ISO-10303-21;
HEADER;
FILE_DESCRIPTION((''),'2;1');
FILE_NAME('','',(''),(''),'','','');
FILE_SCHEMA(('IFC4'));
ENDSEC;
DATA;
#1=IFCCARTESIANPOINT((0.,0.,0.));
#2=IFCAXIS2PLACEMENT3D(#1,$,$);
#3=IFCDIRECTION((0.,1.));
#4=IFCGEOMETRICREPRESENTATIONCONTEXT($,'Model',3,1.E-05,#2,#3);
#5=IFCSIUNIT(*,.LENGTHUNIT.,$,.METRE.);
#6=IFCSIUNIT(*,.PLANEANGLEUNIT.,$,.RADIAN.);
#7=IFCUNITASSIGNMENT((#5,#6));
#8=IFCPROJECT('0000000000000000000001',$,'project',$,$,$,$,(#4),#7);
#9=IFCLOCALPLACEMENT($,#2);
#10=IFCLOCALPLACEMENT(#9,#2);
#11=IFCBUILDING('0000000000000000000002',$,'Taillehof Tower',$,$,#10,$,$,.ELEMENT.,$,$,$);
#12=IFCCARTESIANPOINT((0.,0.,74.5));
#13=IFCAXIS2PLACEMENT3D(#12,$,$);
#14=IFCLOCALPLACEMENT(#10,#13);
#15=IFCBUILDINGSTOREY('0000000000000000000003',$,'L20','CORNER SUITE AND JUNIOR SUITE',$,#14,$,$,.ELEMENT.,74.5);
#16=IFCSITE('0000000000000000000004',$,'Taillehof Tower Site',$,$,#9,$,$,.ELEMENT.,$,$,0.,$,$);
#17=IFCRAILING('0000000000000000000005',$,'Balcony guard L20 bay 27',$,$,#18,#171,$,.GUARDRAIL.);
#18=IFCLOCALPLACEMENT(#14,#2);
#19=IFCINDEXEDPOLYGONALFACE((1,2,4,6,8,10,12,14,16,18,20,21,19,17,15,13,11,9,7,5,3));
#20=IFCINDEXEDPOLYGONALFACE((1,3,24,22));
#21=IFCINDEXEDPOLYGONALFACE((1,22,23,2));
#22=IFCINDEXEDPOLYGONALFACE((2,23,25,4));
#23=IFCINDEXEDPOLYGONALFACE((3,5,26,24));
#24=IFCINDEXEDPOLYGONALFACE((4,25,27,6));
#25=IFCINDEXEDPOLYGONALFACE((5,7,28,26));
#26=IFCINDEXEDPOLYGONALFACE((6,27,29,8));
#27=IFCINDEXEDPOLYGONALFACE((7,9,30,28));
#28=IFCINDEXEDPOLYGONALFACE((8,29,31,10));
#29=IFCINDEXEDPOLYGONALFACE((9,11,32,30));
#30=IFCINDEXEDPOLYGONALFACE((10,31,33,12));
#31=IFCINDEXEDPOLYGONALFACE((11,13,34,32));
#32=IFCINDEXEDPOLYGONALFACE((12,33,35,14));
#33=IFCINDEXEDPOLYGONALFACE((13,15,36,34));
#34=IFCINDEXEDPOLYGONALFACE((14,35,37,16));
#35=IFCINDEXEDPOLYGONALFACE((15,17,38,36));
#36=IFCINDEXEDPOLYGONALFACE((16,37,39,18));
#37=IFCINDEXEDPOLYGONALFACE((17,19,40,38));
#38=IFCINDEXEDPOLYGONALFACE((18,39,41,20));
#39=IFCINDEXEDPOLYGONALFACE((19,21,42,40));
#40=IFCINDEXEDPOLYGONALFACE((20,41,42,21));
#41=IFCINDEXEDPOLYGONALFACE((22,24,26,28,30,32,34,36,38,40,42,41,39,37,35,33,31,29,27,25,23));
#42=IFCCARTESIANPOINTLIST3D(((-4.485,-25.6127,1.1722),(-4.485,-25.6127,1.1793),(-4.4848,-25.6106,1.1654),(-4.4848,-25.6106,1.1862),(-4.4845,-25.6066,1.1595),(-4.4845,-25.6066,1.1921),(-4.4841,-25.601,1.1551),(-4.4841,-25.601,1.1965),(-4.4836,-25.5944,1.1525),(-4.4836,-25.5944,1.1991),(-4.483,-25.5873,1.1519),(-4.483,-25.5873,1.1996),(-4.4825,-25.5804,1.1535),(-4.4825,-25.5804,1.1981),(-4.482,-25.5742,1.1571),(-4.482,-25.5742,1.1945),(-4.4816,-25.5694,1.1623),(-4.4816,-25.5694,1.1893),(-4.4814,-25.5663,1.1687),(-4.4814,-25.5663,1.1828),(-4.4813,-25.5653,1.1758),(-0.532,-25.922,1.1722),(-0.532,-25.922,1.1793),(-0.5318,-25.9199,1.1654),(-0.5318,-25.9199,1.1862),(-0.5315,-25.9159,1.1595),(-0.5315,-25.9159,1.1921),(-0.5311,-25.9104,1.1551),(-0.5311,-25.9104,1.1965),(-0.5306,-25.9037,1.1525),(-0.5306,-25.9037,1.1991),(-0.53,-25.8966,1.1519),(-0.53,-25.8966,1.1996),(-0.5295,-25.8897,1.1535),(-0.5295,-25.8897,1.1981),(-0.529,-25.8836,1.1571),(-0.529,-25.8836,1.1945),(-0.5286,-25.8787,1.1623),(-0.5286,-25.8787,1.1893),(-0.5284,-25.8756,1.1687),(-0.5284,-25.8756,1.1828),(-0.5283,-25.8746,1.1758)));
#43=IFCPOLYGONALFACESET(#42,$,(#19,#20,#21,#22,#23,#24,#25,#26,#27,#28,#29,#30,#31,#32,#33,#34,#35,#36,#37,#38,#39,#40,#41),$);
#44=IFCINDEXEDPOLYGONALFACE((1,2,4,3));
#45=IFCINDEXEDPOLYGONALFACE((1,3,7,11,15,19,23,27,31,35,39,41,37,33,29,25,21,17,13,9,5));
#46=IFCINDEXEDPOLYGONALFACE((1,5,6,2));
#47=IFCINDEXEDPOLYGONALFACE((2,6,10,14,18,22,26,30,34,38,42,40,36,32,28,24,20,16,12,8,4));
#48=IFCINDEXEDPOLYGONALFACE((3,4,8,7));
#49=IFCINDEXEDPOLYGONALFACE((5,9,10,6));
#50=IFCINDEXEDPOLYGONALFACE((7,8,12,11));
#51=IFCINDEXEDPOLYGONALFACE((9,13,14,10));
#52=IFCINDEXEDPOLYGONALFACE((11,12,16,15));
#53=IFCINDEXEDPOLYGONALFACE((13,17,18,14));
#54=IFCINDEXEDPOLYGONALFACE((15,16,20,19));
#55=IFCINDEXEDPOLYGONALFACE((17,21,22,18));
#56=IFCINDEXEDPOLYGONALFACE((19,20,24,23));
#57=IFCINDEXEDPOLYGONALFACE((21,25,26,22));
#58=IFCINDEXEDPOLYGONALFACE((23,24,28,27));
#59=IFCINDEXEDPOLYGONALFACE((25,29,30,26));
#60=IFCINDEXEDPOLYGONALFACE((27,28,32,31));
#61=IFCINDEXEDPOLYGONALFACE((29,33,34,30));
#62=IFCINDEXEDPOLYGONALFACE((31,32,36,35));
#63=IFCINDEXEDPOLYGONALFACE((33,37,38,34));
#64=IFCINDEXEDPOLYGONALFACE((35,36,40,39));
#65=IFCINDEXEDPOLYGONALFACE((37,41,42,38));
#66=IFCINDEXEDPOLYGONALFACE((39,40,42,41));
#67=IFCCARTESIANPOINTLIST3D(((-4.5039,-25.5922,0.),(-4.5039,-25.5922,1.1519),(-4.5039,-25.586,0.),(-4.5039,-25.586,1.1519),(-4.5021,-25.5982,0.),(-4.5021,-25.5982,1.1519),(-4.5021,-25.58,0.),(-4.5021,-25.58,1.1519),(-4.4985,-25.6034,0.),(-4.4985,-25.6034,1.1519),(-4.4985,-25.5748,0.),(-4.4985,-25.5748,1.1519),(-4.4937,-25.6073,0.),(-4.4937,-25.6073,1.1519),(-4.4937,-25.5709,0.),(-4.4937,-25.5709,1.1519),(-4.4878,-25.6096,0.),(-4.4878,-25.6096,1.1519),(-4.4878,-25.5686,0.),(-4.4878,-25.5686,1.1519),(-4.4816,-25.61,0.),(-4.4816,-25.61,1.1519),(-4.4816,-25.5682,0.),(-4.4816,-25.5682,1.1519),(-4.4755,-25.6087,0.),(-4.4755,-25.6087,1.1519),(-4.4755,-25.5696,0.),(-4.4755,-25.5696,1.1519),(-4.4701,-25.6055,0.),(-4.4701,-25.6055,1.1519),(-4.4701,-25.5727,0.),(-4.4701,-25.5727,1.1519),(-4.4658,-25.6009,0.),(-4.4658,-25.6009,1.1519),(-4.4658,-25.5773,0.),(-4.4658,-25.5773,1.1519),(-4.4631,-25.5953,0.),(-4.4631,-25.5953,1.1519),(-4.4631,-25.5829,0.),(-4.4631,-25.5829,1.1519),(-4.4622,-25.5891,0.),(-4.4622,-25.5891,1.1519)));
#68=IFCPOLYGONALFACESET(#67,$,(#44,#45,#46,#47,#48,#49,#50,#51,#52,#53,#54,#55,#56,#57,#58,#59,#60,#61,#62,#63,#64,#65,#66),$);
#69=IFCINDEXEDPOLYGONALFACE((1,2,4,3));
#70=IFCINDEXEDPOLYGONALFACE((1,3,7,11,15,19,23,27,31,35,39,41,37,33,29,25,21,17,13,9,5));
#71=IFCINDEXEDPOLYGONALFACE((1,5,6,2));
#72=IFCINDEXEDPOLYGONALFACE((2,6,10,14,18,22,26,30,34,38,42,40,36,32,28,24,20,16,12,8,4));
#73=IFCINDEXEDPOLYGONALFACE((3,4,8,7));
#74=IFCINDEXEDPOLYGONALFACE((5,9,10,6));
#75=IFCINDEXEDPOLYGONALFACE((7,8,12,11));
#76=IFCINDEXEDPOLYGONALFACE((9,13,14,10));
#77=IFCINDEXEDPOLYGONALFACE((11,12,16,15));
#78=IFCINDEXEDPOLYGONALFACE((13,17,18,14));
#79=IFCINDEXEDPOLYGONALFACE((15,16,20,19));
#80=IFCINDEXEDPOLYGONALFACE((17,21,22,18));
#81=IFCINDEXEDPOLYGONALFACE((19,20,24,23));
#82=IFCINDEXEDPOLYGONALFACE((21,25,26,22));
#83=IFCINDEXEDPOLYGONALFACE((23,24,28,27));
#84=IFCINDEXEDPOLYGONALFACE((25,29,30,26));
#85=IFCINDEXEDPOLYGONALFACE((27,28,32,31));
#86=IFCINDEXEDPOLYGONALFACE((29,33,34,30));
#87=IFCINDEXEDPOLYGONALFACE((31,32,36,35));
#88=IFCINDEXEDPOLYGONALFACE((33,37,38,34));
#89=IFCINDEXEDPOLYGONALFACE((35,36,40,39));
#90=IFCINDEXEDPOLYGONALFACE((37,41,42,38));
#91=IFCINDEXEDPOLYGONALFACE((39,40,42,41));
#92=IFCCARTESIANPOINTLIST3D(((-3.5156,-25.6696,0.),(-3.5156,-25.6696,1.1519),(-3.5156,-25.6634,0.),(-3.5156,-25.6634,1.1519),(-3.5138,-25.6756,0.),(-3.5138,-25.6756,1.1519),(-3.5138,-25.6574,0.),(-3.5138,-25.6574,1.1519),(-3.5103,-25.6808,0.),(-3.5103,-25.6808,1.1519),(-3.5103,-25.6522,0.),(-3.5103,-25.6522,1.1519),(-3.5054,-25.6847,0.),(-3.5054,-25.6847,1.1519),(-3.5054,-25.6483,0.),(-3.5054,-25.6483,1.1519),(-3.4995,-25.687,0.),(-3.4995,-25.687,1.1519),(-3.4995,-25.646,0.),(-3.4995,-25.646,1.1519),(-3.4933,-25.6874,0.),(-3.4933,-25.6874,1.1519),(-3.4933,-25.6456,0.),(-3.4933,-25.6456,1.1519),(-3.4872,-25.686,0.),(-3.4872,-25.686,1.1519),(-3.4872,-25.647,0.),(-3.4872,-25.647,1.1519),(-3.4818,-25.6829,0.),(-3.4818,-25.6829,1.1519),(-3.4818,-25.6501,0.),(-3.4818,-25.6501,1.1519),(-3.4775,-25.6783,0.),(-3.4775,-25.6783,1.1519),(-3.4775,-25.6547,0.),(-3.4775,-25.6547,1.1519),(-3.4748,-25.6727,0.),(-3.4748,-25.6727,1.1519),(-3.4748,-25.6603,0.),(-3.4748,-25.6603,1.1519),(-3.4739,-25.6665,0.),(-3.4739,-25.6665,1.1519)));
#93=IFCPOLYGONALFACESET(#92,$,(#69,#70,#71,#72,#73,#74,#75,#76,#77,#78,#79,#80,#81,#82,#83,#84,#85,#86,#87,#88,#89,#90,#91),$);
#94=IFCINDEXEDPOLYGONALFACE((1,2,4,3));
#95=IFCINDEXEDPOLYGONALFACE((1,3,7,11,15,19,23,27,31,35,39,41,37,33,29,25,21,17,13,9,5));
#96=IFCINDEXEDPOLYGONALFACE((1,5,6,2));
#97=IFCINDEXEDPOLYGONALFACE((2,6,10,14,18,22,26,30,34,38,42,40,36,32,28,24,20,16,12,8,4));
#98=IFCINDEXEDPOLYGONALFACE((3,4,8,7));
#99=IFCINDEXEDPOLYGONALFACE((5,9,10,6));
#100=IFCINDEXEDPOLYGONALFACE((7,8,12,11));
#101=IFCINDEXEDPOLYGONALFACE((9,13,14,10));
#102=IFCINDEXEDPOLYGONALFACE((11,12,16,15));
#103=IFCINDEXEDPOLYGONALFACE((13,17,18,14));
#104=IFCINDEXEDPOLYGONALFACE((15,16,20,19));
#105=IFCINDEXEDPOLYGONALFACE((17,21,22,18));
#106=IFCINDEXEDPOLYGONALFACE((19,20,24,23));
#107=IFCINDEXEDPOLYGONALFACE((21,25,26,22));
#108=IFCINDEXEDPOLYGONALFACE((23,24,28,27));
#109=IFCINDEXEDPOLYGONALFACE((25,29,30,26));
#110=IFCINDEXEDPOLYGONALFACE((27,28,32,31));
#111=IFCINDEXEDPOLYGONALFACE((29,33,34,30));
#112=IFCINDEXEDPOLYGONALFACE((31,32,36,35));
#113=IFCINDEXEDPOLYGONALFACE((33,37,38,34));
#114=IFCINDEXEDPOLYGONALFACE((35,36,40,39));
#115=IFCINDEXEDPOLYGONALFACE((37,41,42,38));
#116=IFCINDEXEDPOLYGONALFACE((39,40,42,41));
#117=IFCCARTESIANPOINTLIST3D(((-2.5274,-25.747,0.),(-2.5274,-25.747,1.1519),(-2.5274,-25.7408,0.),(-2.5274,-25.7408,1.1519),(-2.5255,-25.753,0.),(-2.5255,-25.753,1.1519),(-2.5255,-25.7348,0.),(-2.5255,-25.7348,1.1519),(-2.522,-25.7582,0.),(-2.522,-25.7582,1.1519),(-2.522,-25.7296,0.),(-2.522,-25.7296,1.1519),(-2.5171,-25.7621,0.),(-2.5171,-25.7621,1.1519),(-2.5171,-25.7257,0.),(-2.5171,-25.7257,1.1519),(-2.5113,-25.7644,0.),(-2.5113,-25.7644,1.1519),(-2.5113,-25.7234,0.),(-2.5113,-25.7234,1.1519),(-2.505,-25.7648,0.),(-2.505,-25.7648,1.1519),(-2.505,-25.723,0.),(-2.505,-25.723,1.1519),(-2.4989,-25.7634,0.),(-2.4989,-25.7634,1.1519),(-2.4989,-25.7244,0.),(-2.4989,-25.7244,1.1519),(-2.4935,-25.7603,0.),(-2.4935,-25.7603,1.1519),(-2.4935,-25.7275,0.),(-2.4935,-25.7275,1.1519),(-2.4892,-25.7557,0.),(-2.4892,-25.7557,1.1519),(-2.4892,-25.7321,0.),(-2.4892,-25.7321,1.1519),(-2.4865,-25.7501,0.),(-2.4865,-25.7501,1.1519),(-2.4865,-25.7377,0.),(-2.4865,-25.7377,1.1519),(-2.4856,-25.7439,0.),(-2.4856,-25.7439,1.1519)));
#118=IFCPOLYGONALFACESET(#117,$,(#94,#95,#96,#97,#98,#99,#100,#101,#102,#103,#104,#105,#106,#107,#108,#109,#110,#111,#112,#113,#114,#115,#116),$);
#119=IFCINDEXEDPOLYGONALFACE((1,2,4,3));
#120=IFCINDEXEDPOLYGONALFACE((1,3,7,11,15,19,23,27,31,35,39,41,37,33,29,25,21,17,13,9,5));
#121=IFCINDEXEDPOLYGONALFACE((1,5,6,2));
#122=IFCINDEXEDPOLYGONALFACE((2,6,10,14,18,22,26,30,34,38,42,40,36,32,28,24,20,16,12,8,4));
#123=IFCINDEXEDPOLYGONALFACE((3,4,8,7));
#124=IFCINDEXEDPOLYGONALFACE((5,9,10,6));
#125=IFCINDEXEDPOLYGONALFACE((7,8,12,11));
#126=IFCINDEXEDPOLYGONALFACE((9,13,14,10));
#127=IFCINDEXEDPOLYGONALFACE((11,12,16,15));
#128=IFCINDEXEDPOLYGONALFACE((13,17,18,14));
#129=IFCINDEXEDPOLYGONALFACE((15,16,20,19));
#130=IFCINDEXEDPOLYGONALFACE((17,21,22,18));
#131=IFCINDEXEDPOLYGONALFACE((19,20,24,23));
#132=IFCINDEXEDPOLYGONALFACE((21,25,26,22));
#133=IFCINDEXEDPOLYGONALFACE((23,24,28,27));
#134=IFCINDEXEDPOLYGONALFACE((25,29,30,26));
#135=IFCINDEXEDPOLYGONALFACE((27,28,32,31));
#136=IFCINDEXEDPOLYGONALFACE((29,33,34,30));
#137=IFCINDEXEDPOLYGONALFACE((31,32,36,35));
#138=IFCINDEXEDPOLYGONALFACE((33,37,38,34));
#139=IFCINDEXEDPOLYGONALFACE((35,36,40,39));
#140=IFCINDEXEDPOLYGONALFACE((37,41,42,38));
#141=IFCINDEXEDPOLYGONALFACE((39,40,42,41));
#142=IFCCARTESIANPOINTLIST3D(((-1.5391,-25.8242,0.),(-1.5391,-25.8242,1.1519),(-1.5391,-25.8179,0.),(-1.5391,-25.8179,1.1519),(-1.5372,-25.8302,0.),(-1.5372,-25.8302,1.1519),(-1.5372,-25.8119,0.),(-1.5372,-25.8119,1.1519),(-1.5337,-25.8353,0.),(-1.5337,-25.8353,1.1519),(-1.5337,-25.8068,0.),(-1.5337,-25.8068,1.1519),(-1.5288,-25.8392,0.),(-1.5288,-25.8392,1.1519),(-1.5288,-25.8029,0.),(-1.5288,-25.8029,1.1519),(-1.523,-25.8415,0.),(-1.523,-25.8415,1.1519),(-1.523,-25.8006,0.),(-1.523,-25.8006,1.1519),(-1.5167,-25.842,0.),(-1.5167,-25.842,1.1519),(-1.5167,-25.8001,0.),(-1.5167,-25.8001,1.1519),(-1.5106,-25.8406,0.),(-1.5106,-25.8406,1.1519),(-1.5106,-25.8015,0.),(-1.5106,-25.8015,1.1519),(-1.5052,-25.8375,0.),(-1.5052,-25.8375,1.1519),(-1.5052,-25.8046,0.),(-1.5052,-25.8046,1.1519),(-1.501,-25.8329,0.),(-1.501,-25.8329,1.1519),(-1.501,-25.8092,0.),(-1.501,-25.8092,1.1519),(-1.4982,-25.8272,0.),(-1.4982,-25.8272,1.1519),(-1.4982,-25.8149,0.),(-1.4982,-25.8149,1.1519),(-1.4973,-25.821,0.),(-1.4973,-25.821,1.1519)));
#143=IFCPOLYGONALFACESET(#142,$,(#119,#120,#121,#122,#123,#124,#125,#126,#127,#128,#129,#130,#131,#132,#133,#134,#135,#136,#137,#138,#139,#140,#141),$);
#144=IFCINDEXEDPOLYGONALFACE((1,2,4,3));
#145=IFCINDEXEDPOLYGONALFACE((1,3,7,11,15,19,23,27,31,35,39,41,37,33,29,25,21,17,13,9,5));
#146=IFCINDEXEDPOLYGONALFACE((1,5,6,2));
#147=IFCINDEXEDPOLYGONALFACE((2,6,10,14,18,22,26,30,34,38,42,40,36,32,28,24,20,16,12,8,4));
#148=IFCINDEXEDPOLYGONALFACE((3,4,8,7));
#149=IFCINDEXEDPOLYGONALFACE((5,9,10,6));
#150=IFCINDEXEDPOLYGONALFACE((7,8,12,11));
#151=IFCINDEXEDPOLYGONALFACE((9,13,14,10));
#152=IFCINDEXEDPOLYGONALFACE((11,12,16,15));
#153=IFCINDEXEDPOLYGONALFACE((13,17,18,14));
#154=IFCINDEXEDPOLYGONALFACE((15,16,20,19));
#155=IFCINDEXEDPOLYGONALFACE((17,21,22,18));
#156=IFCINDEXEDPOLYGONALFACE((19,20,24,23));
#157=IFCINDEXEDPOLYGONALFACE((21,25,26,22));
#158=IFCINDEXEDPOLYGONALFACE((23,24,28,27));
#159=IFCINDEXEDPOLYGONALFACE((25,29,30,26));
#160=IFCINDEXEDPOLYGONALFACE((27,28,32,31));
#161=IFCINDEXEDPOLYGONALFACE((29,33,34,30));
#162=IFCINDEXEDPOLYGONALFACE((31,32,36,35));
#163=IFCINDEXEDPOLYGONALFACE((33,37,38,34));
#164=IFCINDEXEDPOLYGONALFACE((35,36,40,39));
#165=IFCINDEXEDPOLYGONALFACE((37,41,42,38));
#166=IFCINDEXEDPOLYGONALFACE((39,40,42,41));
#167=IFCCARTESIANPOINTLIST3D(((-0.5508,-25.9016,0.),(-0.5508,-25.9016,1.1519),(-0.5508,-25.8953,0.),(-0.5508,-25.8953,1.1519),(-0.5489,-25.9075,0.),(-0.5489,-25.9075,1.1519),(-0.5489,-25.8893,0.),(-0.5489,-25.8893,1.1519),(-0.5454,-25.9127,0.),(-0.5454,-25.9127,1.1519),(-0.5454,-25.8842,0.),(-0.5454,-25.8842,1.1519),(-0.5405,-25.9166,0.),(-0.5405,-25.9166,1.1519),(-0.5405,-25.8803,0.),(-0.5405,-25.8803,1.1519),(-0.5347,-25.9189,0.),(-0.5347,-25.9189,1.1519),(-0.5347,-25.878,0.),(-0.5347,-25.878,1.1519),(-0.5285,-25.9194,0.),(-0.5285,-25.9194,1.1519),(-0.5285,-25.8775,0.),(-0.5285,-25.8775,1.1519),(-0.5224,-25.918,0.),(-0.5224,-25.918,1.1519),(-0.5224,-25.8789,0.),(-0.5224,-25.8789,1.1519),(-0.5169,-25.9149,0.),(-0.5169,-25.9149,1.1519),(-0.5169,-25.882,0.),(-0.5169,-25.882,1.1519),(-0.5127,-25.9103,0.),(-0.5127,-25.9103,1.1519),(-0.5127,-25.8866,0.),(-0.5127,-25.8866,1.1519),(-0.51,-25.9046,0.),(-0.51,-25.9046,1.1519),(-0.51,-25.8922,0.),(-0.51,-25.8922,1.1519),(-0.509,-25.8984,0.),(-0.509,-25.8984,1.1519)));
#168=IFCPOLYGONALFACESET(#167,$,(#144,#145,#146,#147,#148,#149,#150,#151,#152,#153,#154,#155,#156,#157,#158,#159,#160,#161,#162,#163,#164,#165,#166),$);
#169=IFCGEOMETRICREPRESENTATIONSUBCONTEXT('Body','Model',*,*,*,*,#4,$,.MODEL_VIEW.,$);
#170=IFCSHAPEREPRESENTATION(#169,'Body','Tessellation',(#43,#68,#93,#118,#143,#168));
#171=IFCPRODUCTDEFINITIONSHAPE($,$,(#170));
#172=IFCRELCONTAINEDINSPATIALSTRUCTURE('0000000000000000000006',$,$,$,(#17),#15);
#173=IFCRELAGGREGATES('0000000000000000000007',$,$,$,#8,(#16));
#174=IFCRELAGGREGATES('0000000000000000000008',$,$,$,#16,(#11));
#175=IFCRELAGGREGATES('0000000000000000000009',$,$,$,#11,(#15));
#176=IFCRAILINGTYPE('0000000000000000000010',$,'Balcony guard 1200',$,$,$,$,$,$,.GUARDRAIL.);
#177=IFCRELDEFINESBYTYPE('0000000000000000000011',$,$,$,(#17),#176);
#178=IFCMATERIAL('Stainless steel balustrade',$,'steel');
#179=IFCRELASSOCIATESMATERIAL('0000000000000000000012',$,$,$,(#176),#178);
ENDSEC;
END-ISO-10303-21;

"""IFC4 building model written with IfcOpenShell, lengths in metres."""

from ifc_helpers import new_model, si_unit, direction, frame, origin, origin_2d, place, context, subcontext, project, spatial, circle, extrude, material, type_object, element, save


model = new_model("IFC4")

# Units and contexts
model_context = context("Model", 3, precision=1e-05, world=origin(), true_north=direction((0.0, 1.0)))
body_context = subcontext(model_context, "Body", "Model", "MODEL_VIEW")
ifc_project = project(units=[si_unit("LENGTHUNIT", "METRE"), si_unit("PLANEANGLEUNIT", "RADIAN")], contexts=[model_context])

# Site, building, storey
site_placement = place(None, origin())
site = spatial("IfcSite", under=ifc_project, at=site_placement, Name="Taillehof Tower Site", CompositionType="ELEMENT", RefElevation=0.0)
building_placement = place(site_placement, origin())
building = spatial("IfcBuilding", under=site, at=building_placement, Name="Taillehof Tower", CompositionType="ELEMENT")
storey_placement = place(building_placement, frame((0.0, 0.0, 74.5)))
storey = spatial("IfcBuildingStorey", under=building, at=storey_placement, Name="L20", Description="CORNER SUITE AND JUNIOR SUITE", CompositionType="ELEMENT", Elevation=74.5)

# Railing
ifc_material_1 = material(Name="Stainless steel balustrade", Category="steel")
railing_type = type_object("IfcRailingType", Name="Balcony guard 1200", PredefinedType="GUARDRAIL", material=ifc_material_1)
railing_placement = place(storey_placement, frame((-4.4832, -25.5891, 0.0)))
element("IfcRailing", 1, at=railing_placement, inside=storey, type_object=railing_type, Name="Balcony guard L20 bay 27", PredefinedType="GUARDRAIL", context=body_context, shape_type="SweptSolid", body=[
    extrude(circle(Radius=0.0239, at=origin_2d()), frame((0.0, 0.0, 1.1758), z_axis=(0.996953, -0.07801, 0.0), x_axis=(0.07801, 0.996953, 0.0)), (0.0, 0.0, 1.0), 3.9651),
    extrude(circle(Radius=0.021, at=origin_2d()), origin(), (0.0, 0.0, 1.0), 1.1519),
    extrude(circle(Radius=0.021, at=origin_2d()), frame((0.9883, -0.0774, 0.0)), (0.0, 0.0, 1.0), 1.1519),
    extrude(circle(Radius=0.021, at=origin_2d()), frame((1.9766, -0.1548, 0.0)), (0.0, 0.0, 1.0), 1.1519),
    extrude(circle(Radius=0.021, at=origin_2d()), frame((2.9648, -0.2319, 0.0)), (0.0, 0.0, 1.0), 1.1519),
    extrude(circle(Radius=0.021, at=origin_2d()), frame((3.9531, -0.3093, 0.0)), (0.0, 0.0, 1.0), 1.1519),
])

save(model, "model.ifc")
